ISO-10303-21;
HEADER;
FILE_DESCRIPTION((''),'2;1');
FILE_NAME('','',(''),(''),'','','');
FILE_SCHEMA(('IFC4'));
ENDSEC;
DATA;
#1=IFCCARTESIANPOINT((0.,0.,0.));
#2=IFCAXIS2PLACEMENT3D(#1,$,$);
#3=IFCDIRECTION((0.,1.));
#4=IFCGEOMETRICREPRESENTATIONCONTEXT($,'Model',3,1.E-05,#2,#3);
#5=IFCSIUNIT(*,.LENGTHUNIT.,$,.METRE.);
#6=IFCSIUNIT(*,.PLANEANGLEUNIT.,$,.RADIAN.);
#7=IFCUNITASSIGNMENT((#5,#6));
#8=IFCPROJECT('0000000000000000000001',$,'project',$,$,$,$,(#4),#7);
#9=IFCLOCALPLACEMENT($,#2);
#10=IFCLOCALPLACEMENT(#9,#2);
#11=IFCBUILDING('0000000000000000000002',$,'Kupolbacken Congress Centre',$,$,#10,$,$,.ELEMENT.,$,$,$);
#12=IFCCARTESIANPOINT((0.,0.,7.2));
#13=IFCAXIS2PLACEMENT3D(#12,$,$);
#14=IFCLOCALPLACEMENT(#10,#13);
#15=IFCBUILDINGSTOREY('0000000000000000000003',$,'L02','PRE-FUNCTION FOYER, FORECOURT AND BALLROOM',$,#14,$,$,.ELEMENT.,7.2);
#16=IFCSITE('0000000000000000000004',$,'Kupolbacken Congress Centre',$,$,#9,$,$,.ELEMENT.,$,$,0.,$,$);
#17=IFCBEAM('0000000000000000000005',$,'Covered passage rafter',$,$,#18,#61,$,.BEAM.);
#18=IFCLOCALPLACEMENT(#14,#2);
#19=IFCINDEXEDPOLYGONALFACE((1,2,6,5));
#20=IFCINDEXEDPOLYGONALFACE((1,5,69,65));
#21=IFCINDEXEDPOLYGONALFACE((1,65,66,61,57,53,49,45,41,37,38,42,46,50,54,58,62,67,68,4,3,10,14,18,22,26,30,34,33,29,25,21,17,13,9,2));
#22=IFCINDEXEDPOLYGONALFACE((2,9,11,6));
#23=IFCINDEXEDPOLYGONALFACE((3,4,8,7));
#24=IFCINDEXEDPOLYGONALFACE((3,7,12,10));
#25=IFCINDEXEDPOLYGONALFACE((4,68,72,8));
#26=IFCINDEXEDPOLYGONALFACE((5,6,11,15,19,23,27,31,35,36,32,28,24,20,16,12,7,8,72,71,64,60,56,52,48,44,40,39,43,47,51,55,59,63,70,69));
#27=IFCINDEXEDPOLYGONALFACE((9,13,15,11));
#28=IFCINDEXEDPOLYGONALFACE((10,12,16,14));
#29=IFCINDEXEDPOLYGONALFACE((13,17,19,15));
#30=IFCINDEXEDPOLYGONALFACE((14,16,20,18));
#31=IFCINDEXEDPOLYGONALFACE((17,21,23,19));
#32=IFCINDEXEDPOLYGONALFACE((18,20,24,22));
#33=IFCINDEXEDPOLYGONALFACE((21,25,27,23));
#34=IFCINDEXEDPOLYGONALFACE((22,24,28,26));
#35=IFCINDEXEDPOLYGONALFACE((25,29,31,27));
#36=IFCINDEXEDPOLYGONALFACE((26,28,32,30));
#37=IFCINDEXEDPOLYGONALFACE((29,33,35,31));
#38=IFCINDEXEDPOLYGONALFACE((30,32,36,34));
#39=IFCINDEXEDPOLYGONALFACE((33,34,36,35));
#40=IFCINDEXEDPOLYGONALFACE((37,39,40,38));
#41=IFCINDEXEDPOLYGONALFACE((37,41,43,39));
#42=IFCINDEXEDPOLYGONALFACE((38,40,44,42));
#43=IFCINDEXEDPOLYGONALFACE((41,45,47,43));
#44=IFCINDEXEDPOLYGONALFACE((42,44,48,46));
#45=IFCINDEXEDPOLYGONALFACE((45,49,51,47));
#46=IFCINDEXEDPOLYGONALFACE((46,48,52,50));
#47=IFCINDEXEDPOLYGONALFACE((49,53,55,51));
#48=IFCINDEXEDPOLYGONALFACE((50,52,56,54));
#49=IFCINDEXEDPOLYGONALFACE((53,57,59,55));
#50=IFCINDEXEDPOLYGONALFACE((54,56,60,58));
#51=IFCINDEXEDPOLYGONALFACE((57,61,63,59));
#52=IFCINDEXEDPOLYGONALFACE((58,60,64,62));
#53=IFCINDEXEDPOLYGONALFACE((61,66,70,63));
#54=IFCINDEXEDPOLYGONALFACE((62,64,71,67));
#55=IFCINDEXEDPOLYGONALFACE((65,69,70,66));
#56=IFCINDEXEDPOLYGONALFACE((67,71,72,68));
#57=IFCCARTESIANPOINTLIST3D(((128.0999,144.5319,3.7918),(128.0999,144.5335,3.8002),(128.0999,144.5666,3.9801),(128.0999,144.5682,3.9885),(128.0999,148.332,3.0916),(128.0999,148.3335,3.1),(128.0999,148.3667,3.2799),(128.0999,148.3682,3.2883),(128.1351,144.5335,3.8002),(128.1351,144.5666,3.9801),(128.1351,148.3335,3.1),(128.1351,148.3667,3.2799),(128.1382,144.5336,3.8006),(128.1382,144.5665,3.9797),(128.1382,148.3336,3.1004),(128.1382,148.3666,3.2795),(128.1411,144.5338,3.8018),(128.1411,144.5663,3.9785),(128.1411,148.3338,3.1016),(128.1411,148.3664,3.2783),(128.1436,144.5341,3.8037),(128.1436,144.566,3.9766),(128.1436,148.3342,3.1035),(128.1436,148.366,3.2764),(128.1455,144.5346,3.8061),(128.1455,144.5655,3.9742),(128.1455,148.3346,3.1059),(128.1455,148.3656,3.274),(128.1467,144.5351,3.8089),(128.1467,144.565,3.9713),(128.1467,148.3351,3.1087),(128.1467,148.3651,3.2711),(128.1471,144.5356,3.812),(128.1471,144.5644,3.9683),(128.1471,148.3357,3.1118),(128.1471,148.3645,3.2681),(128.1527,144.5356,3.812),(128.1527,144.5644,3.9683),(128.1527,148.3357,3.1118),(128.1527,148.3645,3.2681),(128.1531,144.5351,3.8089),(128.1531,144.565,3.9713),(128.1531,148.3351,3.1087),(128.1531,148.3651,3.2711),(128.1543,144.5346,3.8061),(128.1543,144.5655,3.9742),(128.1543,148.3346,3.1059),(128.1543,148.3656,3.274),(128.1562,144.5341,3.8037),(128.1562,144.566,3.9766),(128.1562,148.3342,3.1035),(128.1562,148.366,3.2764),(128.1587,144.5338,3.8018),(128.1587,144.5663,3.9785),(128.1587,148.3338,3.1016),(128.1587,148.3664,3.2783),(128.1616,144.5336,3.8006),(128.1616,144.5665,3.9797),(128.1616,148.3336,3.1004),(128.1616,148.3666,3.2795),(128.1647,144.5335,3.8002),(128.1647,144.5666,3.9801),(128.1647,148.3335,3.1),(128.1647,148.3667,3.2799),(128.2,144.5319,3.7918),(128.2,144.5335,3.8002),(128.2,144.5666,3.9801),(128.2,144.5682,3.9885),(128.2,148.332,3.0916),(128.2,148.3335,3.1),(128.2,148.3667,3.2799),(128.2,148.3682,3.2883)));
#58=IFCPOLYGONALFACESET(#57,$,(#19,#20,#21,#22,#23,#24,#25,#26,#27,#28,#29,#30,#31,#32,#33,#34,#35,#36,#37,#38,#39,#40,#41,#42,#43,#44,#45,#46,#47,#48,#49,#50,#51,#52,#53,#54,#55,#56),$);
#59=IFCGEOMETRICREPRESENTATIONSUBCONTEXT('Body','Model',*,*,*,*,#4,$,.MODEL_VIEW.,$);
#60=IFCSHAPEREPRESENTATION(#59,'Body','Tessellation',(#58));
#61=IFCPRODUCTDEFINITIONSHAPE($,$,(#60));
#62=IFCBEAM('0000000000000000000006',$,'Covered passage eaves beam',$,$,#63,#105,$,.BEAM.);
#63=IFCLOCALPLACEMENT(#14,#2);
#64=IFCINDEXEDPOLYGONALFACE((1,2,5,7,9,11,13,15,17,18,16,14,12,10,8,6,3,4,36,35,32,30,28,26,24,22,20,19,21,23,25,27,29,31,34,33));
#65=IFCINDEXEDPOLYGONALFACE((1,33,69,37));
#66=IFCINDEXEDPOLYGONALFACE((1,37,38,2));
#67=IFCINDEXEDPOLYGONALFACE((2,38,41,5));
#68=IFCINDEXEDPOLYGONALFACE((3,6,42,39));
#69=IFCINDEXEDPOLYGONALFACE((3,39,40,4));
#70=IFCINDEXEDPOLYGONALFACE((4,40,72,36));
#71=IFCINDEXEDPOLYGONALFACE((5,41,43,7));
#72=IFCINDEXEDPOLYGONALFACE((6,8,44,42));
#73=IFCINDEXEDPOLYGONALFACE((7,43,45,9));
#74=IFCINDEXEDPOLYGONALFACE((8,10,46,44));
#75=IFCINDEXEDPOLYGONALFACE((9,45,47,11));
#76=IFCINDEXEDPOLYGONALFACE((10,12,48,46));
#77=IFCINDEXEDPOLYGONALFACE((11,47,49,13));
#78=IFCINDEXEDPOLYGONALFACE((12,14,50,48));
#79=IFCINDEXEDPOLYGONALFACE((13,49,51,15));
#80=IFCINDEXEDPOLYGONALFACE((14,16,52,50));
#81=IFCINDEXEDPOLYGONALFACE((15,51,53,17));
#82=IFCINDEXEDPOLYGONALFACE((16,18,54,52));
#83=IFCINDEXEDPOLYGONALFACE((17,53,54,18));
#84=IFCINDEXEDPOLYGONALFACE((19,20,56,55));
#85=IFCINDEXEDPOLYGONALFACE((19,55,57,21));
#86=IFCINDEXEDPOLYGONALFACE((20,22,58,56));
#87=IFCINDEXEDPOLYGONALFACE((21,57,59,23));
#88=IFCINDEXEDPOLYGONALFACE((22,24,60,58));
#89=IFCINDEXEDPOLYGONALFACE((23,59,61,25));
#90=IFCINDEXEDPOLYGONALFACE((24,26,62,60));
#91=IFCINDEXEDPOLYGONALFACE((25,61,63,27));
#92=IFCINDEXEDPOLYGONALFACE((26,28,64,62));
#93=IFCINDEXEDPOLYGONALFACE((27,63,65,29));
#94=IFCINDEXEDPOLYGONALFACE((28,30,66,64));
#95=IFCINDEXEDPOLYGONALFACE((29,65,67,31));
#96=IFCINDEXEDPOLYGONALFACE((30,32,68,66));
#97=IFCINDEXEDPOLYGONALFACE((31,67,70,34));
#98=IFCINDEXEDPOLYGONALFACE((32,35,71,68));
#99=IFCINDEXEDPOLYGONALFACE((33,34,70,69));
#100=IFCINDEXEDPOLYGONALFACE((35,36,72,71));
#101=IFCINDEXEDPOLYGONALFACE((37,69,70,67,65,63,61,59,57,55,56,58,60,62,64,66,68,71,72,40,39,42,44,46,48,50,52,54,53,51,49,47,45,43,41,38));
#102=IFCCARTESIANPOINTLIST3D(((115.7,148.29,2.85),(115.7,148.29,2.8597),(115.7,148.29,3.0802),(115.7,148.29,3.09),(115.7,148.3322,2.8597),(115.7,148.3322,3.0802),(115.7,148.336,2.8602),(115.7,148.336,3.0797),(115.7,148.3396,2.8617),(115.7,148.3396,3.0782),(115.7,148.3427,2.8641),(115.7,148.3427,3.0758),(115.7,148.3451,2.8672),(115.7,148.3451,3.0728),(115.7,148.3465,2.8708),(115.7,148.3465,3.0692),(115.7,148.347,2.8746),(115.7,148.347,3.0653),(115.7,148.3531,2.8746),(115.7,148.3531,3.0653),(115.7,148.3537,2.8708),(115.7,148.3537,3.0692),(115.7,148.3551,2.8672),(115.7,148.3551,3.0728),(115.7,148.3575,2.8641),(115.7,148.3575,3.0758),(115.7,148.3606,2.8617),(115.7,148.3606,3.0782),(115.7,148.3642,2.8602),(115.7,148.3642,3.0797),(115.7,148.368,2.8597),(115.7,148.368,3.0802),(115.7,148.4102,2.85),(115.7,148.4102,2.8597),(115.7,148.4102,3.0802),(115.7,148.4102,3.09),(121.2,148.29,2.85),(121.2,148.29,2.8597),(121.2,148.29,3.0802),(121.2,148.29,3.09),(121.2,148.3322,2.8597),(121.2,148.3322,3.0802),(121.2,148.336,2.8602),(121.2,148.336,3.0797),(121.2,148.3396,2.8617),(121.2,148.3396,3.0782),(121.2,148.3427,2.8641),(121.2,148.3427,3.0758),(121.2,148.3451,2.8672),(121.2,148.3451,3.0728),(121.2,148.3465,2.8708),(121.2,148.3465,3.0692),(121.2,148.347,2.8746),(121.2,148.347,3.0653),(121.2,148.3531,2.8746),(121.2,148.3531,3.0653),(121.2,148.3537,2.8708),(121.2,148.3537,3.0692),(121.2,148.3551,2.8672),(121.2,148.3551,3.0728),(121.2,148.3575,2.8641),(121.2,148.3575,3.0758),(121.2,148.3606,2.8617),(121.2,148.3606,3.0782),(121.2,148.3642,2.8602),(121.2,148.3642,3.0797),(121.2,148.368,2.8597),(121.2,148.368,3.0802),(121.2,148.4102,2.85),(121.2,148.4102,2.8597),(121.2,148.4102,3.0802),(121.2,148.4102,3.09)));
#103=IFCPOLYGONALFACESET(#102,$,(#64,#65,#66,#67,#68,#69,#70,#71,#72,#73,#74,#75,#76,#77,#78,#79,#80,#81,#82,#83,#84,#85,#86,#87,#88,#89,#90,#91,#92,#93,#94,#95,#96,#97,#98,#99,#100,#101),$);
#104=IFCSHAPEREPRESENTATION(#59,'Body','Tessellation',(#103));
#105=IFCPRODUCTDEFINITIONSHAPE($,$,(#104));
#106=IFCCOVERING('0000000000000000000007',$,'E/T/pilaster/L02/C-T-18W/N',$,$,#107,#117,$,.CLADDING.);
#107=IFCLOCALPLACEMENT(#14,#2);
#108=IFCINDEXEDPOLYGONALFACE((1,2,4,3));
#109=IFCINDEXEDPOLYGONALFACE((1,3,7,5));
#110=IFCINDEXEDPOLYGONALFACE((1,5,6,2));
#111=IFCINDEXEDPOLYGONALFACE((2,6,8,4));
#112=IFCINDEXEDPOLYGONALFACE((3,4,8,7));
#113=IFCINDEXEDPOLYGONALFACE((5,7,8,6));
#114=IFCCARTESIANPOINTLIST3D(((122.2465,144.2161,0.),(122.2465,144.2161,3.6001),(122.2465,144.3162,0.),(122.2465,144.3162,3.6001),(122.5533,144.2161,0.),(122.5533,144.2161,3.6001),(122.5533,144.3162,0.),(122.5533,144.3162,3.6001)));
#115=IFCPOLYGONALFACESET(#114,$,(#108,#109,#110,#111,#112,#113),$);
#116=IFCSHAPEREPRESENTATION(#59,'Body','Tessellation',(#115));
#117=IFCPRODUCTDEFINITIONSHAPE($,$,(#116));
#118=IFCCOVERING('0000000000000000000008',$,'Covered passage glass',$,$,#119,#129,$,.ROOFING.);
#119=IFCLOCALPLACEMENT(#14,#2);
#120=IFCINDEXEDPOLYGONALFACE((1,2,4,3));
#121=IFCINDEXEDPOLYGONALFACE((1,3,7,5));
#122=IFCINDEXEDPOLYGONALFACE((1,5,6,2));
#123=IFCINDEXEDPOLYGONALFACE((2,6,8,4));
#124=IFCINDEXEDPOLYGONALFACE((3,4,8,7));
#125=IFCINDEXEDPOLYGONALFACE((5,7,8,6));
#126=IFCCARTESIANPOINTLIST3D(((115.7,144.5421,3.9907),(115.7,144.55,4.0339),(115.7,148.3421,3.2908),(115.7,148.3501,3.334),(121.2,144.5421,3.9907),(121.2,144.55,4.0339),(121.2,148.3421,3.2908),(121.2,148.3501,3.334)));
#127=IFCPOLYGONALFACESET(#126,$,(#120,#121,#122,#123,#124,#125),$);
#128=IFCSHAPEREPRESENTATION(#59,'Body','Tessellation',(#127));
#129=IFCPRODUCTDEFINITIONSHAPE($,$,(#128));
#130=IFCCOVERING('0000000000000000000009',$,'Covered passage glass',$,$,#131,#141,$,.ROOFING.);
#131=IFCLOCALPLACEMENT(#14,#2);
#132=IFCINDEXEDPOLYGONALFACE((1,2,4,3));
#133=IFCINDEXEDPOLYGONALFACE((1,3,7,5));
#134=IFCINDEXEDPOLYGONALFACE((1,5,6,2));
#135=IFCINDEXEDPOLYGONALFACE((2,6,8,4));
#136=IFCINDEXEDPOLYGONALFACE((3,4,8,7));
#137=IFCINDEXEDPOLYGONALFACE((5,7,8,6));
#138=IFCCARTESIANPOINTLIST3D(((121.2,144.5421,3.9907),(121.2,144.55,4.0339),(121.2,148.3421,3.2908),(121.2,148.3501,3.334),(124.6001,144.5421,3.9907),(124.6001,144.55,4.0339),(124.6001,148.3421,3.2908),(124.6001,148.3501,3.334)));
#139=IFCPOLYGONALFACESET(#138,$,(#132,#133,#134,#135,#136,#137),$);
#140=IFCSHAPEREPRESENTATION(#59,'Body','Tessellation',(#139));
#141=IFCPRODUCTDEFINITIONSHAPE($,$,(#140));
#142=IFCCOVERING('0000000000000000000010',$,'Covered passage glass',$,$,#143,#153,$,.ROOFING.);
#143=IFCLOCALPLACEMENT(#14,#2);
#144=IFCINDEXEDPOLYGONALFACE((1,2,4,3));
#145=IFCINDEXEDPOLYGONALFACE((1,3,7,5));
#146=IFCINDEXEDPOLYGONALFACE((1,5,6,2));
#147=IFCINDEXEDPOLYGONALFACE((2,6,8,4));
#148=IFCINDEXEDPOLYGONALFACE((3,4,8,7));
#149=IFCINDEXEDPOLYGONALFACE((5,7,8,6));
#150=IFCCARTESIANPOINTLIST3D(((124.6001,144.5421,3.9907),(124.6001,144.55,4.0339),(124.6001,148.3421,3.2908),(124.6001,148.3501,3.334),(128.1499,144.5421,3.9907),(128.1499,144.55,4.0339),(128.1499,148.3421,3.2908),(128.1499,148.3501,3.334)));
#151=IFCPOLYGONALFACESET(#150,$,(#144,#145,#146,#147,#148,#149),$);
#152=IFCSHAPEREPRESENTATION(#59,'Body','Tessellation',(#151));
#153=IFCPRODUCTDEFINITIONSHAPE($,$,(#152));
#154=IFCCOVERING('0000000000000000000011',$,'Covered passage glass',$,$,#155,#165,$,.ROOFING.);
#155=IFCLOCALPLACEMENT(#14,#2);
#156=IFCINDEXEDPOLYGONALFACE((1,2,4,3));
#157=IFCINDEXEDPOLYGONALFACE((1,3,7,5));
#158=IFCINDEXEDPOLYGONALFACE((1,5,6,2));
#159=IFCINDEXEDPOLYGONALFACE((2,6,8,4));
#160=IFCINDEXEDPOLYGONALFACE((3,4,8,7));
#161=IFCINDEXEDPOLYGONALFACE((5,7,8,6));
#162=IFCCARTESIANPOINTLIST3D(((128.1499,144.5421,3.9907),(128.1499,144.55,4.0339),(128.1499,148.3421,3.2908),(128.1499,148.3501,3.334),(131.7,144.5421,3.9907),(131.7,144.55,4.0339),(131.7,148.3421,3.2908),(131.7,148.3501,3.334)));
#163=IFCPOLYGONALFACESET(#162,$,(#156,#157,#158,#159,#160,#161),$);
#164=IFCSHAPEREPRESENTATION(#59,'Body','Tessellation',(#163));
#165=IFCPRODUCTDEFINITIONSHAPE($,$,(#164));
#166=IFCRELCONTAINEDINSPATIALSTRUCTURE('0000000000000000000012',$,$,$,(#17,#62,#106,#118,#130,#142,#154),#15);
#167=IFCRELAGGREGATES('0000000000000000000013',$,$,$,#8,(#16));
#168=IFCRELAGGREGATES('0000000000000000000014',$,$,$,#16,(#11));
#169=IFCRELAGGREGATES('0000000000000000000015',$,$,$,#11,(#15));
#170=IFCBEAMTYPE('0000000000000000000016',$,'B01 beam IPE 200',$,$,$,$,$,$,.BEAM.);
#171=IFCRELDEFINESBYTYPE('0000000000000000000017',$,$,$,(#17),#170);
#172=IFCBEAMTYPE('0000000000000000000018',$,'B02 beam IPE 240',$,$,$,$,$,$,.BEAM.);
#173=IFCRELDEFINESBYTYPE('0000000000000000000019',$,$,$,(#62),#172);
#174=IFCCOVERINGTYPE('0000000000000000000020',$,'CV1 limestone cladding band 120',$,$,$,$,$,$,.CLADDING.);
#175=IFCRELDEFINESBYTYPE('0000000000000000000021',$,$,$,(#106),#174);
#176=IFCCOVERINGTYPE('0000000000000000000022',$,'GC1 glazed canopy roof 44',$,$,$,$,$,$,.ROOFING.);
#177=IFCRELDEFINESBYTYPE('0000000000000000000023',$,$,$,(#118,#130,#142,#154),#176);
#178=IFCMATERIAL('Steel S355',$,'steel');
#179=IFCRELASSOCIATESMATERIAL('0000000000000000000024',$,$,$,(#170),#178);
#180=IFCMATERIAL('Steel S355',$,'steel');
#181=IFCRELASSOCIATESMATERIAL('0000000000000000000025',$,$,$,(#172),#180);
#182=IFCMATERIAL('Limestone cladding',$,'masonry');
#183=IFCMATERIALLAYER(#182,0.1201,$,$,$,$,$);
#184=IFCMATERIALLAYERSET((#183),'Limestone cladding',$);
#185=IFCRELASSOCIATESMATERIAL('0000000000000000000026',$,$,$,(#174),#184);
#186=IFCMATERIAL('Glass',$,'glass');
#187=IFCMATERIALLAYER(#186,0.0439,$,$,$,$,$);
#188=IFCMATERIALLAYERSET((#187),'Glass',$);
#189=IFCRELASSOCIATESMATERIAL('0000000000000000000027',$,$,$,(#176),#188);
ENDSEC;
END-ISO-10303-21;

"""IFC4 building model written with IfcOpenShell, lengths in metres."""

from ifc_helpers import new_model, si_unit, direction, frame, origin, origin_2d, place, context, subcontext, project, spatial, polyline, rectangle, i_section, outline, extrude, material, layer, layer_set, material_profile, profile_set, type_object, element, save


model = new_model("IFC4")

# Units and contexts
model_context = context("Model", 3, precision=1e-05, world=origin(), true_north=direction((0.0, 1.0)))
body_context = subcontext(model_context, "Body", "Model", "MODEL_VIEW")
ifc_project = project(units=[si_unit("LENGTHUNIT", "METRE"), si_unit("PLANEANGLEUNIT", "RADIAN")], contexts=[model_context])

# Site, building, storey
site_placement = place(None, origin())
site = spatial("IfcSite", under=ifc_project, at=site_placement, Name="Kupolbacken Congress Centre", CompositionType="ELEMENT", RefElevation=0.0)
building_placement = place(site_placement, origin())
building = spatial("IfcBuilding", under=site, at=building_placement, Name="Kupolbacken Congress Centre", CompositionType="ELEMENT")
storey_placement = place(building_placement, frame((0.0, 0.0, 7.2)))
storey = spatial("IfcBuildingStorey", under=building, at=storey_placement, Name="L02", Description="PRE-FUNCTION FOYER, FORECOURT AND BALLROOM", CompositionType="ELEMENT", Elevation=7.2)

# Beams
ifc_material_1 = material(Name="Steel S355", Category="steel")
ifc_material_profile_1 = material_profile(ifc_material_1, i_section(OverallWidth=0.1001, OverallDepth=0.2, WebThickness=0.0056, FlangeThickness=0.0085, FilletRadius=0.012, at=origin_2d()), Name="IPE 200")
ifc_profile_set_1 = profile_set([ifc_material_profile_1], Name="Steel S355")
beam_type_1 = type_object("IfcBeamType", Name="B01 beam IPE 200", PredefinedType="BEAM", material=ifc_profile_set_1)
for number, where, z_axis, x_axis, name in (
    (1, (128.1499, 144.55, 3.8901), (0.0, 0.983445, -0.181209), (-1.0, 0.0, 0.0), "Covered passage rafter"),
):
    element("IfcBeam", number, at=place(storey_placement, frame(where, z_axis=z_axis, x_axis=x_axis)), inside=storey, type_object=beam_type_1, Name=name, PredefinedType="BEAM", context=body_context, shape_type="SweptSolid", body=[
        extrude(i_section(OverallWidth=0.1001, OverallDepth=0.2, WebThickness=0.0056, FlangeThickness=0.0085, FilletRadius=0.012, at=origin_2d()), origin(), (0.0, 0.0, 1.0), 3.864),
    ])
ifc_material_2 = material(Name="Steel S355", Category="steel")
ifc_material_profile_2 = material_profile(ifc_material_2, i_section(OverallWidth=0.1201, OverallDepth=0.24, WebThickness=0.0061, FlangeThickness=0.0098, FilletRadius=0.0149, at=origin_2d()), Name="IPE 240")
ifc_profile_set_2 = profile_set([ifc_material_profile_2], Name="Steel S355")
beam_type_2 = type_object("IfcBeamType", Name="B02 beam IPE 240", PredefinedType="BEAM", material=ifc_profile_set_2)
beam_placement = place(storey_placement, frame((115.7, 148.3501, 2.97), z_axis=(1.0, 0.0, 0.0), x_axis=(0.0, 1.0, 0.0)))
element("IfcBeam", 2, at=beam_placement, inside=storey, type_object=beam_type_2, Name="Covered passage eaves beam", PredefinedType="BEAM", context=body_context, shape_type="SweptSolid", body=[
    extrude(i_section(OverallWidth=0.1201, OverallDepth=0.24, WebThickness=0.0061, FlangeThickness=0.0098, FilletRadius=0.0149, at=origin_2d()), origin(), (0.0, 0.0, 1.0), 5.5),
])

# Coverings
ifc_material_3 = material(Name="Limestone cladding", Category="masonry")
ifc_layer_1 = layer(ifc_material_3, 0.1201)
ifc_layer_set_1 = layer_set([ifc_layer_1], Name="Limestone cladding")
covering_type_1 = type_object("IfcCoveringType", Name="CV1 limestone cladding band 120", PredefinedType="CLADDING", material=ifc_layer_set_1)
covering_1_placement = place(storey_placement, frame((122.3999, 144.2661, 0.0), z_axis=(0.0, 0.0, 1.0), x_axis=(1.0, 0.0, 0.0)))
element("IfcCovering", 3, at=covering_1_placement, inside=storey, type_object=covering_type_1, Name="E/T/pilaster/L02/C-T-18W/N", PredefinedType="CLADDING", context=body_context, shape_type="SweptSolid", body=[
    extrude(rectangle(XDim=0.3069, YDim=0.1001, at=origin_2d()), origin(), (0.0, 0.0, 1.0), 3.6001),
])
ifc_material_4 = material(Name="Glass", Category="glass")
ifc_layer_2 = layer(ifc_material_4, 0.0439)
ifc_layer_set_2 = layer_set([ifc_layer_2], Name="Glass")
covering_type_2 = type_object("IfcCoveringType", Name="GC1 glazed canopy roof 44", PredefinedType="ROOFING", material=ifc_layer_set_2)
covering_2_placement = place(storey_placement, frame((115.7, 144.55, 4.0339), z_axis=(0.0, 0.181148, 0.983456), x_axis=(1.0, 0.0, 0.0)))
element("IfcCovering", 4, at=covering_2_placement, inside=storey, type_object=covering_type_2, Name="Covered passage glass", PredefinedType="ROOFING", context=body_context, shape_type="SweptSolid", body=[
    extrude(outline(polyline([(0.0, 0.0), (5.5, 0.0), (5.5, 3.864), (0.0, 3.864), (0.0, 0.0)])), origin(), (0.0, 0.0, -1.0), 0.0439),
])
covering_3_placement = place(storey_placement, frame((121.2, 144.55, 4.0339), z_axis=(0.0, 0.181148, 0.983456), x_axis=(1.0, 0.0, 0.0)))
element("IfcCovering", 5, at=covering_3_placement, inside=storey, type_object=covering_type_2, Name="Covered passage glass", PredefinedType="ROOFING", context=body_context, shape_type="SweptSolid", body=[
    extrude(outline(polyline([(0.0, 0.0), (3.4001, 0.0), (3.4001, 3.864), (0.0, 3.864), (0.0, 0.0)])), origin(), (0.0, 0.0, -1.0), 0.0439),
])
covering_4_placement = place(storey_placement, frame((124.6001, 144.55, 4.0339), z_axis=(0.0, 0.181148, 0.983456), x_axis=(1.0, 0.0, 0.0)))
element("IfcCovering", 6, at=covering_4_placement, inside=storey, type_object=covering_type_2, Name="Covered passage glass", PredefinedType="ROOFING", context=body_context, shape_type="SweptSolid", body=[
    extrude(outline(polyline([(0.0, 0.0), (3.5498, 0.0), (3.5498, 3.864), (0.0, 3.864), (0.0, 0.0)])), origin(), (0.0, 0.0, -1.0), 0.0439),
])
covering_5_placement = place(storey_placement, frame((128.1499, 144.55, 4.0339), z_axis=(0.0, 0.181148, 0.983456), x_axis=(1.0, 0.0, 0.0)))
element("IfcCovering", 7, at=covering_5_placement, inside=storey, type_object=covering_type_2, Name="Covered passage glass", PredefinedType="ROOFING", context=body_context, shape_type="SweptSolid", body=[
    extrude(outline(polyline([(0.0, 0.0), (3.55, 0.0), (3.55, 3.864), (0.0, 3.864), (0.0, 0.0)])), origin(), (0.0, 0.0, -1.0), 0.0439),
])

save(model, "model.ifc")
